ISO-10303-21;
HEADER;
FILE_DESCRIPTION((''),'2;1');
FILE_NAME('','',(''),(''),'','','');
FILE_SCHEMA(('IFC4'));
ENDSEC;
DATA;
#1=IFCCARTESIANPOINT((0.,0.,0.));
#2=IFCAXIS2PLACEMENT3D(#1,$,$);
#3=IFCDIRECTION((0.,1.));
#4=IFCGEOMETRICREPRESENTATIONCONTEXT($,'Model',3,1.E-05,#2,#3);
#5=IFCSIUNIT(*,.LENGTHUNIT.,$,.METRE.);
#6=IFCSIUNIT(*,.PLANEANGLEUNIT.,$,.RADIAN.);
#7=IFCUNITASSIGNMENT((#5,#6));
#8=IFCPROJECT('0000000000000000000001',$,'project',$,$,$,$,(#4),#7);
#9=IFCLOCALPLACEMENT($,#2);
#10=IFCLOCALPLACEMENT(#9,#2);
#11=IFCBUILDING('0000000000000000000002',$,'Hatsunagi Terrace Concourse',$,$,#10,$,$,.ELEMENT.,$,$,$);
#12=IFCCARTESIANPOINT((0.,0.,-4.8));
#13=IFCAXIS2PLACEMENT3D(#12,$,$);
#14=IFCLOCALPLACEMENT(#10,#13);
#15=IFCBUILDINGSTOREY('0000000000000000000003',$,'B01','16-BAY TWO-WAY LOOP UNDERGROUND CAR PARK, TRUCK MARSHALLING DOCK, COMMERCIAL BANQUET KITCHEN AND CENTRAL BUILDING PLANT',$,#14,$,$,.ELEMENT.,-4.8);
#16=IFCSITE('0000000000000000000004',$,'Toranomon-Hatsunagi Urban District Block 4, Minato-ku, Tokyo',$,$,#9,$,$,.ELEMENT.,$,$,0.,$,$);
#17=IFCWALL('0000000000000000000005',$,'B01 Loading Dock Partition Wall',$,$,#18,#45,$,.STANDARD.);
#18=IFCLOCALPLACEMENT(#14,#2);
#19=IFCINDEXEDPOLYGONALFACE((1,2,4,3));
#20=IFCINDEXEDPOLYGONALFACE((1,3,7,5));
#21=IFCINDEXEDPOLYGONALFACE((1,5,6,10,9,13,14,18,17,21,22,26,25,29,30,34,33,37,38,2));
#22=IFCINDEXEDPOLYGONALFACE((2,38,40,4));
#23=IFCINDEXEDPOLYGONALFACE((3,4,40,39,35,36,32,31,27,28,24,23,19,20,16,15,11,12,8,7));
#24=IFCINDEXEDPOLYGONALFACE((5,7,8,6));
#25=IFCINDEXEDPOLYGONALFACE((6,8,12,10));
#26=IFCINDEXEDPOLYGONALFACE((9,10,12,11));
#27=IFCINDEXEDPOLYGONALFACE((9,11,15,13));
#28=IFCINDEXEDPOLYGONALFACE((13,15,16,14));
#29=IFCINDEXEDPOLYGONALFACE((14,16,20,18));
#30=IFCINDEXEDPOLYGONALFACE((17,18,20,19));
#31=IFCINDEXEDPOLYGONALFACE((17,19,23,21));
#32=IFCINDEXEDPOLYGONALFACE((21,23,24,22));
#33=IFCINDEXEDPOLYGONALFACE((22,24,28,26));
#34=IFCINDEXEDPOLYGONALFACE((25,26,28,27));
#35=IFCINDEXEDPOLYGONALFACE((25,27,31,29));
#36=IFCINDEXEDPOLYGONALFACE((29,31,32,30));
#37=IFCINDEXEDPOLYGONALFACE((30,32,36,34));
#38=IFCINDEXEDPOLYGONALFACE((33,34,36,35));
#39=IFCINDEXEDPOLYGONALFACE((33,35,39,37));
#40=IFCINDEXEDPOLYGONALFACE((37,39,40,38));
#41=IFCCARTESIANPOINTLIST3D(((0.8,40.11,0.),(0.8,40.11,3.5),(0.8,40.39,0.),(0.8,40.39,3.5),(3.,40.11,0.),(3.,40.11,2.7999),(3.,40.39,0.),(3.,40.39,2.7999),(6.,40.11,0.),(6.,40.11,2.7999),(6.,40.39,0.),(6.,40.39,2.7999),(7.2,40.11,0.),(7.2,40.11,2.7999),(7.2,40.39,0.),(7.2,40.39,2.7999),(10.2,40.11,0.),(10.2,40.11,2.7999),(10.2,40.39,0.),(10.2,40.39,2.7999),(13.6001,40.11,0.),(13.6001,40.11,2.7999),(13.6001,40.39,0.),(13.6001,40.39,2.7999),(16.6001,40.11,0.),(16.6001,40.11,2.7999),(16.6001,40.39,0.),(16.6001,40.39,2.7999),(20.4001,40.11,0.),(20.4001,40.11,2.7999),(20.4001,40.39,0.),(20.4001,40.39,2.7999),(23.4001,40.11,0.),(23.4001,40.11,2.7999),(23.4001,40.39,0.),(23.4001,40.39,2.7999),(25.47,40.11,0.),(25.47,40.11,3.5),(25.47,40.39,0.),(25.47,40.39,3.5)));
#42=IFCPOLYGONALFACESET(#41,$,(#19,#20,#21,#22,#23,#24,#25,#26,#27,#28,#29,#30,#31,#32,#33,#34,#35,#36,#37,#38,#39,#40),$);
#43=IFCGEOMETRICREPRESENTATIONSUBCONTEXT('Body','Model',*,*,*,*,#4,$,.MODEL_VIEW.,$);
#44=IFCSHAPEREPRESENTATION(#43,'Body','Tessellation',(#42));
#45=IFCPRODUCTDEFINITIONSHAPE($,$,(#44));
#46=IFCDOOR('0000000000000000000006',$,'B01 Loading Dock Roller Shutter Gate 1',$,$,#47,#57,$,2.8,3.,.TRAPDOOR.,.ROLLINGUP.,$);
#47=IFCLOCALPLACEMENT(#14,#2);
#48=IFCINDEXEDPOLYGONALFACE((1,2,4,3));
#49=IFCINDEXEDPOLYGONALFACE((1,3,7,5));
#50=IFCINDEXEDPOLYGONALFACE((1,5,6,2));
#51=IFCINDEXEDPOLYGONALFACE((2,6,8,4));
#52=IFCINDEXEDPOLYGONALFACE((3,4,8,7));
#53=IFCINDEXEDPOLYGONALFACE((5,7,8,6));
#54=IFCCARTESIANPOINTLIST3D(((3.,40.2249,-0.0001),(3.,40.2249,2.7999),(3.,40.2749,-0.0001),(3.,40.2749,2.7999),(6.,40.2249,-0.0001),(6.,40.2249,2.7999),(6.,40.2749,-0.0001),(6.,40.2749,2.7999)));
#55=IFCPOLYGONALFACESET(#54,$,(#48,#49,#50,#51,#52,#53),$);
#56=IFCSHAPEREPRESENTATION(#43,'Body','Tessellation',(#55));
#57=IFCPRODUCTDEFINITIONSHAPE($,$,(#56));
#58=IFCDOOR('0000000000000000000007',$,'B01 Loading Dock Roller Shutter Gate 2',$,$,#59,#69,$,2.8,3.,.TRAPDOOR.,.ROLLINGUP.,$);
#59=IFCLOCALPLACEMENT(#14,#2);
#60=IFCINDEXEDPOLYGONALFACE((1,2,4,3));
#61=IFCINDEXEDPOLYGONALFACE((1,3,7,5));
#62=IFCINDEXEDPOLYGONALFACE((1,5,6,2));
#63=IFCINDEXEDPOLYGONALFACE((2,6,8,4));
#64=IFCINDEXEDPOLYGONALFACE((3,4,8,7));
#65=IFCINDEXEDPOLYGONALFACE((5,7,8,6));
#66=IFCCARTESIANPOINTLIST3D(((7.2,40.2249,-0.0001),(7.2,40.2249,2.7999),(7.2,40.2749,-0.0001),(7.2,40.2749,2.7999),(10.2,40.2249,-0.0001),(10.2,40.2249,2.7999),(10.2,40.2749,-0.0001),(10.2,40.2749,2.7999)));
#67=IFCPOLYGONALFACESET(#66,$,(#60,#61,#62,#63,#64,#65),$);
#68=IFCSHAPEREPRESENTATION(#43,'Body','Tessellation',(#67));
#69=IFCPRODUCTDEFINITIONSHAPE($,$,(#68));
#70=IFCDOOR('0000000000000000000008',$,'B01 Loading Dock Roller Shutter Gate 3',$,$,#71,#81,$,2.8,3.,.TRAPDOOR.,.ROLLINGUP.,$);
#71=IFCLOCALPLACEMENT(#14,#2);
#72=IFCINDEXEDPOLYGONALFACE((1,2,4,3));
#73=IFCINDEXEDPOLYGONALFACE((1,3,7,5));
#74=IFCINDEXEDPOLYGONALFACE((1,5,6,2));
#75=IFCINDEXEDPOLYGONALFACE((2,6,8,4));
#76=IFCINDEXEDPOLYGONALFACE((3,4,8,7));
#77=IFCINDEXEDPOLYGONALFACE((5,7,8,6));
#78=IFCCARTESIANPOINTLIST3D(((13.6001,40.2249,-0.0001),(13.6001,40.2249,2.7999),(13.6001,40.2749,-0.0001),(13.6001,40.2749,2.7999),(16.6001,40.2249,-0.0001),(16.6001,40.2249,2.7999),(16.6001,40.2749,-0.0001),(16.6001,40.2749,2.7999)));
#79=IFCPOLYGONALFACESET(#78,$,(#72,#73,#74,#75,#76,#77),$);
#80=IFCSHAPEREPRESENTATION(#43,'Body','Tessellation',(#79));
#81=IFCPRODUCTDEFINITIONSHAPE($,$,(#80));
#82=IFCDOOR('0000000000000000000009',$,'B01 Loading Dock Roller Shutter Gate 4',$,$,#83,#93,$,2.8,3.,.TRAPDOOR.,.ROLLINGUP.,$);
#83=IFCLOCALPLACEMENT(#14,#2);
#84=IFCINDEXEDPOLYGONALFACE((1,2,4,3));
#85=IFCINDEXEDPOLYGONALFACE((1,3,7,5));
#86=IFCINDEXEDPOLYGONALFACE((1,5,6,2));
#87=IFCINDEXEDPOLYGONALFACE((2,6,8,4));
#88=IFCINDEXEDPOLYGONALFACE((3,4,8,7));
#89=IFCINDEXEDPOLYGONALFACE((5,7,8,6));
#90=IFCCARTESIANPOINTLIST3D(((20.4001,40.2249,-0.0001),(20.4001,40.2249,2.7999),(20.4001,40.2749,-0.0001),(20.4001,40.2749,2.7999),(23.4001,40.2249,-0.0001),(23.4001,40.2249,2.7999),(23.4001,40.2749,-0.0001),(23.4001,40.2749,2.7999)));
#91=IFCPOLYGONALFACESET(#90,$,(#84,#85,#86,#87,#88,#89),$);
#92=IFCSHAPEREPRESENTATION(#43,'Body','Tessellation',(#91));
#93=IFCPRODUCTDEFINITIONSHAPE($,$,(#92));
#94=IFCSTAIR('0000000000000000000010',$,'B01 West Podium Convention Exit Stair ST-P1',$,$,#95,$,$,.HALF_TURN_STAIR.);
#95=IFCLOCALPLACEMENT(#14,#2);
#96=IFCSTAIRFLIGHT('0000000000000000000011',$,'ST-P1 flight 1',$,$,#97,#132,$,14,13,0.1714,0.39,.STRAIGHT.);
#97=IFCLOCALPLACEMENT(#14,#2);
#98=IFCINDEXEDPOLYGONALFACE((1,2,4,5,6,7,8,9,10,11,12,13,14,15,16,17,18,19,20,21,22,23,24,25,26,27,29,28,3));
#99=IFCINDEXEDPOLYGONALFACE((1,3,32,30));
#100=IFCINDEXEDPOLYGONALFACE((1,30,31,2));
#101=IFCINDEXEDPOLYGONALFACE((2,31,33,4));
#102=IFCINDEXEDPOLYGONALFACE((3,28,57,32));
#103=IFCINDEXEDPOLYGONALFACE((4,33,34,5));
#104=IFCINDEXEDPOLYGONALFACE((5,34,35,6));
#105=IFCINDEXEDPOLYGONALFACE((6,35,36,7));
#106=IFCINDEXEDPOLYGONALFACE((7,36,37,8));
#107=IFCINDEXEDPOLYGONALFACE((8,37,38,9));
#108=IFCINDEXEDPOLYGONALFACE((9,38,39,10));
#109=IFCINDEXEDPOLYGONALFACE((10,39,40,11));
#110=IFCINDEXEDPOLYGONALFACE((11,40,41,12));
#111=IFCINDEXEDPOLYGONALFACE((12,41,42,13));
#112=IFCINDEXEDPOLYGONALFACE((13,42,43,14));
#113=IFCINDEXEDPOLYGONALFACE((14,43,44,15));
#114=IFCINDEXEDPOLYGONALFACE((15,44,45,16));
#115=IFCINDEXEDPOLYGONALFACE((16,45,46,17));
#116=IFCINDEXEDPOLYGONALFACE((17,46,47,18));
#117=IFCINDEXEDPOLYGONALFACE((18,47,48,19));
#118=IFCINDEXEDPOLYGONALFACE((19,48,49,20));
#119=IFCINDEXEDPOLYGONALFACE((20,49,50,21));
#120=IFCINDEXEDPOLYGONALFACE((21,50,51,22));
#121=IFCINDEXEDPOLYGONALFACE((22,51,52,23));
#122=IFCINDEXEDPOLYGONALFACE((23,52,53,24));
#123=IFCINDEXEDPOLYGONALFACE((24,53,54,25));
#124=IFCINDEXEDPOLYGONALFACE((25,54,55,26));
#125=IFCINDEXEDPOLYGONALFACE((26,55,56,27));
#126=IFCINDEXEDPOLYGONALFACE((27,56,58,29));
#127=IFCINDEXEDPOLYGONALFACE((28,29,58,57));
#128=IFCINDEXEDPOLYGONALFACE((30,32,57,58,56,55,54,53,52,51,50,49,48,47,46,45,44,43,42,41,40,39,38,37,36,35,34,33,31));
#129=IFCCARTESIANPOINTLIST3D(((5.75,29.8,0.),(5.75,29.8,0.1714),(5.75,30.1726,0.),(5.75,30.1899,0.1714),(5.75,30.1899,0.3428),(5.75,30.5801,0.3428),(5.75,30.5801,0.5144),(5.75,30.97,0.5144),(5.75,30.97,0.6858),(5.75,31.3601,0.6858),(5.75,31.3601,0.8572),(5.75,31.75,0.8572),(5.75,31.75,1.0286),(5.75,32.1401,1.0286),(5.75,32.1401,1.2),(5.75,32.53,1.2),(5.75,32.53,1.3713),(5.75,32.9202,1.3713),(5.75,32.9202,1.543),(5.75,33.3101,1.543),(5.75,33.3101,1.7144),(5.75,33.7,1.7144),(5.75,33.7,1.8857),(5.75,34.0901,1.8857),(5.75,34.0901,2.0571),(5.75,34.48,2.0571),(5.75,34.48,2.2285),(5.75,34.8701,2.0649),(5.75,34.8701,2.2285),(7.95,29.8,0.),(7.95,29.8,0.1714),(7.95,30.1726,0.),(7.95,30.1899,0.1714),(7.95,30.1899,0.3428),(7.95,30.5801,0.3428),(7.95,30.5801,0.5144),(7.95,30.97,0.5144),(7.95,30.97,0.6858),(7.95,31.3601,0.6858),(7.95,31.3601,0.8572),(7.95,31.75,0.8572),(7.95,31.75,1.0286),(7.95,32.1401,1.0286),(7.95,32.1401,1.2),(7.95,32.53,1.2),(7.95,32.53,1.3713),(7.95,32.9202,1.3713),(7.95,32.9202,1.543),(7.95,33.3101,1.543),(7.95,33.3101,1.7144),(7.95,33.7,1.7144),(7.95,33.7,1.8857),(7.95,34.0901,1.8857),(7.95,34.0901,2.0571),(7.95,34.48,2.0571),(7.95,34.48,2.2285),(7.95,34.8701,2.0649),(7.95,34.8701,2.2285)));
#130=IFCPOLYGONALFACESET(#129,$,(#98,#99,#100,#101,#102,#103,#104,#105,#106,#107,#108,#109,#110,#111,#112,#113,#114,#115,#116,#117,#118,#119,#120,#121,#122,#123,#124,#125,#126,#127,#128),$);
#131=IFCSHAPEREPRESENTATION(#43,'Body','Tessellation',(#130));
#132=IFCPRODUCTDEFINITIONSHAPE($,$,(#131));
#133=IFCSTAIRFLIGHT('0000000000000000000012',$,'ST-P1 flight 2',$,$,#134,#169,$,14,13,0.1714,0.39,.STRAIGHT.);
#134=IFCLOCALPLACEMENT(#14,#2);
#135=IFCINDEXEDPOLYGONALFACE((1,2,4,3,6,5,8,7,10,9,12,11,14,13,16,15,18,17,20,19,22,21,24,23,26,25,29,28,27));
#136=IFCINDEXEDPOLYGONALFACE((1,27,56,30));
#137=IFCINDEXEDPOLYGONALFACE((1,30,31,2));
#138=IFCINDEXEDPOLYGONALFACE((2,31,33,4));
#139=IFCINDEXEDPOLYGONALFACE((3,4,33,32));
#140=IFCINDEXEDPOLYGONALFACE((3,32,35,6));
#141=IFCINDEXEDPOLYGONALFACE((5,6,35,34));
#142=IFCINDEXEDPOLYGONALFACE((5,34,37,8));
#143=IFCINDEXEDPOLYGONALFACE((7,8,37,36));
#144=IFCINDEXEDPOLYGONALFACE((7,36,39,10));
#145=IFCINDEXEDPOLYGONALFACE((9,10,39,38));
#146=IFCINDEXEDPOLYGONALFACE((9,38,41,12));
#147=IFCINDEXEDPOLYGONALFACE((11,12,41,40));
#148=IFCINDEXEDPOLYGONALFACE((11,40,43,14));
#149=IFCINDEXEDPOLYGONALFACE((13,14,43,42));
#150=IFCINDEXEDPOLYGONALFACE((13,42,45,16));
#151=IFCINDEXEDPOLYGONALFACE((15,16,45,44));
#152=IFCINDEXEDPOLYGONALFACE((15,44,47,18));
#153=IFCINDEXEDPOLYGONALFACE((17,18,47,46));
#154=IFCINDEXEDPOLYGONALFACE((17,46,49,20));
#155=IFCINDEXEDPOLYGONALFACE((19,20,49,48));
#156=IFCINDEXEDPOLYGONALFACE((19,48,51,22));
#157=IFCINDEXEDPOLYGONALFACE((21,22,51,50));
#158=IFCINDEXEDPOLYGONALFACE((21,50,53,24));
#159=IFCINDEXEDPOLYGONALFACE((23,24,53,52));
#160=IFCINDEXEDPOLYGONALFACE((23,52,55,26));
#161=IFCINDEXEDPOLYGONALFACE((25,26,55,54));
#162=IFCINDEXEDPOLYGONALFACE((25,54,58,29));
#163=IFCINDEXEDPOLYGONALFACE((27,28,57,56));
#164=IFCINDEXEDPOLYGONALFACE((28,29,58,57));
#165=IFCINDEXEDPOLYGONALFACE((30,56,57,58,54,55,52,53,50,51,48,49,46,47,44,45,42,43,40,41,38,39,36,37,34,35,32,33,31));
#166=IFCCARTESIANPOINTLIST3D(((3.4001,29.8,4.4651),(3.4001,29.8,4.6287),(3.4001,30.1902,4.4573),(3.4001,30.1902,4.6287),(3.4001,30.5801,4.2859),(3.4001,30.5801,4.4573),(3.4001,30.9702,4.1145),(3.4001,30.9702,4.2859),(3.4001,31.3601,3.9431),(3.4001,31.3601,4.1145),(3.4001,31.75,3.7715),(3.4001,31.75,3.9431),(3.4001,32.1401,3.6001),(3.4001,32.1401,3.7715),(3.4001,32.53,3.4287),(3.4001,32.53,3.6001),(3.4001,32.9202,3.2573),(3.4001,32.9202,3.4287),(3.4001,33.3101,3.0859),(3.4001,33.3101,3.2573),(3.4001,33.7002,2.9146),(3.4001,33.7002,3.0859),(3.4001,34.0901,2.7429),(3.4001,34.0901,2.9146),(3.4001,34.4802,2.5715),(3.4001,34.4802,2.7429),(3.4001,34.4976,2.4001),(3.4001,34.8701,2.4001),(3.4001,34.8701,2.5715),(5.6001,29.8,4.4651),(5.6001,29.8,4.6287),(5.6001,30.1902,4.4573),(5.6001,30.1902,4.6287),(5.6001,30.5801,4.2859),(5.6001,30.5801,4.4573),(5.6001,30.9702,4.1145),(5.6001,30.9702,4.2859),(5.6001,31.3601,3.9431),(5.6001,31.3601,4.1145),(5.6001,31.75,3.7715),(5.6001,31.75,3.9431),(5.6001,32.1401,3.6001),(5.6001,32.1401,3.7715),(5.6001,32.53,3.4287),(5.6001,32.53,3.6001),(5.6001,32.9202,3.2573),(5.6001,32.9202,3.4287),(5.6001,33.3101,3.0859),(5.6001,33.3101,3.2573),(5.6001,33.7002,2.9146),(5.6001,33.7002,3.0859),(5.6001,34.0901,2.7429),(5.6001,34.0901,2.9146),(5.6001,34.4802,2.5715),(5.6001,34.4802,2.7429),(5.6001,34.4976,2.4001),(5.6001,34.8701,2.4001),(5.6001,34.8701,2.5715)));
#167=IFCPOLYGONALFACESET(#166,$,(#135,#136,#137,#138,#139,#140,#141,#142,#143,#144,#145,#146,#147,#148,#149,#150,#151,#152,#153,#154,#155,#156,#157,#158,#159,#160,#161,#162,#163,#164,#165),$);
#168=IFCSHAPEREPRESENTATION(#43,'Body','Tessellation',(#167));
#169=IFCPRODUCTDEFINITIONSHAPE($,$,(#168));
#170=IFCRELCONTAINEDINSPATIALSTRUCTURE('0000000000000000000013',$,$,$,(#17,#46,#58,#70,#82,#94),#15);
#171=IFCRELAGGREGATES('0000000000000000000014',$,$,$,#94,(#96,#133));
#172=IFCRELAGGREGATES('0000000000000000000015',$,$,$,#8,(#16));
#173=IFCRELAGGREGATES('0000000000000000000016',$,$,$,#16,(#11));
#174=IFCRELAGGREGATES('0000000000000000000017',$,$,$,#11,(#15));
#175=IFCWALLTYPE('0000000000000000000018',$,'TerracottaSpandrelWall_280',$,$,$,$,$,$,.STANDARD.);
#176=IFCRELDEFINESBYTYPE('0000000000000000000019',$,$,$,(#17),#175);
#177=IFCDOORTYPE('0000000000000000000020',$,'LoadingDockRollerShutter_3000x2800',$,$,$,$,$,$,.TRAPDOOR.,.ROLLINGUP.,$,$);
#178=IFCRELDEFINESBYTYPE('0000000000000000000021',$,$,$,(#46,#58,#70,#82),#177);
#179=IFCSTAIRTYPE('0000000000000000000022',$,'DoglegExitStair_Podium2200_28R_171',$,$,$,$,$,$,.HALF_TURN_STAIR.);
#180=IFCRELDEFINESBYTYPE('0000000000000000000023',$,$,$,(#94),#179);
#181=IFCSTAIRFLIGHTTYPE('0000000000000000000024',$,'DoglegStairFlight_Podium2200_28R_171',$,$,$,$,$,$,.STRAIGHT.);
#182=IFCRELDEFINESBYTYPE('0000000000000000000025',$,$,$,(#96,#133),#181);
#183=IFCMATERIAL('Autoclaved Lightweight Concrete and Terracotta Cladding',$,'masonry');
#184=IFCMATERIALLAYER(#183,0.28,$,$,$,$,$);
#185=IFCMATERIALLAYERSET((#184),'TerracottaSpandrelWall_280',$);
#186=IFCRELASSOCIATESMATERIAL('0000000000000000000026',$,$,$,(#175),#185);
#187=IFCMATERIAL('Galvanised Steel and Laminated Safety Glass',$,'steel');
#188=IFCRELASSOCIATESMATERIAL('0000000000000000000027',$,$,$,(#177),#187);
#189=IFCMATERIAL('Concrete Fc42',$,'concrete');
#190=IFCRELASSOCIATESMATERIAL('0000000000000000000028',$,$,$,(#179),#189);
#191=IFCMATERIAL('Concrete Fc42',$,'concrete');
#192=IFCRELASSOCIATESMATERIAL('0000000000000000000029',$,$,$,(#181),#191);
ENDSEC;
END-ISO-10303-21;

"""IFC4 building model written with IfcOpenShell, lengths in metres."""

from ifc_helpers import new_model, si_unit, direction, frame, frame_2d, origin, place, context, subcontext, project, spatial, polyline, rectangle, outline, extrude, material, layer, layer_set, type_object, element, fill, aggregate, save


model = new_model("IFC4")

# Units and contexts
model_context = context("Model", 3, precision=1e-05, world=origin(), true_north=direction((0.0, 1.0)))
body_context = subcontext(model_context, "Body", "Model", "MODEL_VIEW")
ifc_project = project(units=[si_unit("LENGTHUNIT", "METRE"), si_unit("PLANEANGLEUNIT", "RADIAN")], contexts=[model_context])

# Site, building, storey
site_placement = place(None, origin())
site = spatial("IfcSite", under=ifc_project, at=site_placement, Name="Toranomon-Hatsunagi Urban District Block 4, Minato-ku, Tokyo", CompositionType="ELEMENT", RefElevation=0.0)
building_placement = place(site_placement, origin())
building = spatial("IfcBuilding", under=site, at=building_placement, Name="Hatsunagi Terrace Concourse", CompositionType="ELEMENT")
storey_placement = place(building_placement, frame((0.0, 0.0, -4.8)))
storey = spatial("IfcBuildingStorey", under=building, at=storey_placement, Name="B01", Description="16-BAY TWO-WAY LOOP UNDERGROUND CAR PARK, TRUCK MARSHALLING DOCK, COMMERCIAL BANQUET KITCHEN AND CENTRAL BUILDING PLANT", CompositionType="ELEMENT", Elevation=-4.8)

# Wall, openings, doors
ifc_material_1 = material(Name="Autoclaved Lightweight Concrete and Terracotta Cladding", Category="masonry")
ifc_layer_1 = layer(ifc_material_1, 0.28)
ifc_layer_set_1 = layer_set([ifc_layer_1], Name="TerracottaSpandrelWall_280")
wall_type_1 = type_object("IfcWallType", Name="TerracottaSpandrelWall_280", PredefinedType="STANDARD", material=ifc_layer_set_1)
wall_1_placement = place(storey_placement, frame((0.8, 40.25, 0.0), z_axis=(0.0, 0.0, 1.0), x_axis=(1.0, 0.0, 0.0)))
wall_1 = element("IfcWall", 1, at=wall_1_placement, inside=storey, type_object=wall_type_1, Name="B01 Loading Dock Partition Wall", PredefinedType="STANDARD", context=body_context, shape_type="SweptSolid", body=[
    extrude(rectangle(XDim=24.6699, YDim=0.28, at=frame_2d((12.335, 0.0))), origin(), (0.0, 0.0, 1.0), 3.5),
])
opening_1_placement = place(wall_1_placement, frame((2.2, 0.0, 0.0)))
opening_1 = element("IfcOpeningElement", 2, at=opening_1_placement, cuts=wall_1, PredefinedType="OPENING", context=body_context, shape_type="SweptSolid", body=[
    extrude(rectangle(XDim=3.0, YDim=2.8, at=frame_2d((1.5, 1.3999))), frame((0.0, 0.1499, 0.0), z_axis=(0.0, -1.0, 0.0), x_axis=(1.0, 0.0, 0.0)), (0.0, 0.0, 1.0), 0.3),
])
opening_2_placement = place(wall_1_placement, frame((6.3999, 0.0, 0.0)))
opening_2 = element("IfcOpeningElement", 3, at=opening_2_placement, cuts=wall_1, PredefinedType="OPENING", context=body_context, shape_type="SweptSolid", body=[
    extrude(rectangle(XDim=3.0, YDim=2.8, at=frame_2d((1.5, 1.3999))), frame((0.0, 0.1499, 0.0), z_axis=(0.0, -1.0, 0.0), x_axis=(1.0, 0.0, 0.0)), (0.0, 0.0, 1.0), 0.3),
])
opening_3_placement = place(wall_1_placement, frame((12.8, 0.0, 0.0)))
opening_3 = element("IfcOpeningElement", 4, at=opening_3_placement, cuts=wall_1, PredefinedType="OPENING", context=body_context, shape_type="SweptSolid", body=[
    extrude(rectangle(XDim=3.0, YDim=2.8, at=frame_2d((1.5, 1.3999))), frame((0.0, 0.1499, 0.0), z_axis=(0.0, -1.0, 0.0), x_axis=(1.0, 0.0, 0.0)), (0.0, 0.0, 1.0), 0.3),
])
opening_4_placement = place(wall_1_placement, frame((19.6001, 0.0, 0.0)))
opening_4 = element("IfcOpeningElement", 5, at=opening_4_placement, cuts=wall_1, PredefinedType="OPENING", context=body_context, shape_type="SweptSolid", body=[
    extrude(rectangle(XDim=3.0, YDim=2.8, at=frame_2d((1.5, 1.3999))), frame((0.0, 0.1499, 0.0), z_axis=(0.0, -1.0, 0.0), x_axis=(1.0, 0.0, 0.0)), (0.0, 0.0, 1.0), 0.3),
])
ifc_material_2 = material(Name="Galvanised Steel and Laminated Safety Glass", Category="steel")
door_type_1 = type_object("IfcDoorType", Name="LoadingDockRollerShutter_3000x2800", OperationType="ROLLINGUP", PredefinedType="TRAPDOOR", material=ifc_material_2)
door_1_placement = place(opening_1_placement, origin())
door_1 = element("IfcDoor", 6, at=door_1_placement, inside=storey, type_object=door_type_1, Name="B01 Loading Dock Roller Shutter Gate 1", OperationType="ROLLINGUP", OverallHeight=2.8, OverallWidth=3.0, PredefinedType="TRAPDOOR", context=body_context, shape_type="SweptSolid", body=[
    extrude(rectangle(XDim=3.0, YDim=2.8, at=frame_2d((1.5, 1.3999))), frame((0.0, 0.0249, 0.0), z_axis=(0.0, -1.0, 0.0), x_axis=(1.0, 0.0, 0.0)), (0.0, 0.0, 1.0), 0.05),
])
fill(opening_1, door_1)
door_2_placement = place(opening_2_placement, origin())
door_2 = element("IfcDoor", 7, at=door_2_placement, inside=storey, type_object=door_type_1, Name="B01 Loading Dock Roller Shutter Gate 2", OperationType="ROLLINGUP", OverallHeight=2.8, OverallWidth=3.0, PredefinedType="TRAPDOOR", context=body_context, shape_type="SweptSolid", body=[
    extrude(rectangle(XDim=3.0, YDim=2.8, at=frame_2d((1.5, 1.3999))), frame((0.0, 0.0249, 0.0), z_axis=(0.0, -1.0, 0.0), x_axis=(1.0, 0.0, 0.0)), (0.0, 0.0, 1.0), 0.05),
])
fill(opening_2, door_2)
door_3_placement = place(opening_3_placement, origin())
door_3 = element("IfcDoor", 8, at=door_3_placement, inside=storey, type_object=door_type_1, Name="B01 Loading Dock Roller Shutter Gate 3", OperationType="ROLLINGUP", OverallHeight=2.8, OverallWidth=3.0, PredefinedType="TRAPDOOR", context=body_context, shape_type="SweptSolid", body=[
    extrude(rectangle(XDim=3.0, YDim=2.8, at=frame_2d((1.5, 1.3999))), frame((0.0, 0.0249, 0.0), z_axis=(0.0, -1.0, 0.0), x_axis=(1.0, 0.0, 0.0)), (0.0, 0.0, 1.0), 0.05),
])
fill(opening_3, door_3)
door_4_placement = place(opening_4_placement, origin())
door_4 = element("IfcDoor", 9, at=door_4_placement, inside=storey, type_object=door_type_1, Name="B01 Loading Dock Roller Shutter Gate 4", OperationType="ROLLINGUP", OverallHeight=2.8, OverallWidth=3.0, PredefinedType="TRAPDOOR", context=body_context, shape_type="SweptSolid", body=[
    extrude(rectangle(XDim=3.0, YDim=2.8, at=frame_2d((1.5, 1.3999))), frame((0.0, 0.0249, 0.0), z_axis=(0.0, -1.0, 0.0), x_axis=(1.0, 0.0, 0.0)), (0.0, 0.0, 1.0), 0.05),
])
fill(opening_4, door_4)

# Stair, stair flights
ifc_material_3 = material(Name="Concrete Fc42", Category="concrete")
stair_type = type_object("IfcStairType", Name="DoglegExitStair_Podium2200_28R_171", PredefinedType="HALF_TURN_STAIR", material=ifc_material_3)
stair_placement = place(storey_placement, origin())
stair = element("IfcStair", 10, at=stair_placement, inside=storey, type_object=stair_type, Name="B01 West Podium Convention Exit Stair ST-P1", PredefinedType="HALF_TURN_STAIR")
ifc_material_4 = material(Name="Concrete Fc42", Category="concrete")
stair_flight_type = type_object("IfcStairFlightType", Name="DoglegStairFlight_Podium2200_28R_171", PredefinedType="STRAIGHT", material=ifc_material_4)
stair_flight_1_placement = place(storey_placement, frame((6.8501, 29.8, 0.0), z_axis=(0.0, 0.0, 1.0), x_axis=(0.0, 1.0, 0.0)))
stair_flight_1 = element("IfcStairFlight", 11, at=stair_flight_1_placement, type_object=stair_flight_type, Name="ST-P1 flight 1", NumberOfRisers=14, NumberOfTreads=13, PredefinedType="STRAIGHT", RiserHeight=0.1714, TreadLength=0.39, context=body_context, shape_type="SweptSolid", body=[
    extrude(outline(polyline([(0.0, 0.0), (0.0, 0.1714), (0.3899, 0.1714), (0.3899, 0.3428), (0.78, 0.3428), (0.78, 0.5144), (1.1699, 0.5144), (1.1699, 0.6858), (1.5601, 0.6858), (1.5601, 0.8572), (1.95, 0.8572), (1.95, 1.0286), (2.3401, 1.0286), (2.3401, 1.2), (2.73, 1.2), (2.73, 1.3713), (3.1201, 1.3713), (3.1201, 1.543), (3.51, 1.543), (3.51, 1.7144), (3.8999, 1.7144), (3.8999, 1.8857), (4.29, 1.8857), (4.29, 2.0571), (4.6799, 2.0571), (4.6799, 2.2285), (5.0701, 2.2285), (5.0701, 2.3999), (5.0701, 2.0649), (0.3726, 0.0), (0.0, 0.0)])), frame((0.0, 1.1001, 0.0), z_axis=(0.0, -1.0, 0.0), x_axis=(1.0, 0.0, 0.0)), (0.0, 0.0, 1.0), 2.2),
])
stair_flight_2_placement = place(storey_placement, frame((4.5, 34.8701, 2.4001), z_axis=(0.0, 0.0, 1.0), x_axis=(0.0, -1.0, 0.0)))
stair_flight_2 = element("IfcStairFlight", 12, at=stair_flight_2_placement, type_object=stair_flight_type, Name="ST-P1 flight 2", NumberOfRisers=14, NumberOfTreads=13, PredefinedType="STRAIGHT", RiserHeight=0.1714, TreadLength=0.39, context=body_context, shape_type="SweptSolid", body=[
    extrude(outline(polyline([(0.0, 0.0), (0.0, 0.1714), (0.3899, 0.1714), (0.3899, 0.3428), (0.78, 0.3428), (0.78, 0.5144), (1.1699, 0.5144), (1.1699, 0.6858), (1.5601, 0.6858), (1.5601, 0.8572), (1.95, 0.8572), (1.95, 1.0286), (2.3401, 1.0286), (2.3401, 1.2), (2.73, 1.2), (2.73, 1.3713), (3.1201, 1.3713), (3.1201, 1.543), (3.51, 1.543), (3.51, 1.7144), (3.8999, 1.7144), (3.8999, 1.8857), (4.29, 1.8857), (4.29, 2.0571), (4.6799, 2.0571), (4.6799, 2.2285), (5.0701, 2.2285), (5.0701, 2.3999), (5.0701, 2.0649), (0.3726, 0.0), (0.0, 0.0)])), frame((0.0, 1.1001, 0.0), z_axis=(0.0, -1.0, 0.0), x_axis=(1.0, 0.0, 0.0)), (0.0, 0.0, 1.0), 2.2),
])
aggregate(stair, [stair_flight_1, stair_flight_2])

save(model, "model.ifc")
